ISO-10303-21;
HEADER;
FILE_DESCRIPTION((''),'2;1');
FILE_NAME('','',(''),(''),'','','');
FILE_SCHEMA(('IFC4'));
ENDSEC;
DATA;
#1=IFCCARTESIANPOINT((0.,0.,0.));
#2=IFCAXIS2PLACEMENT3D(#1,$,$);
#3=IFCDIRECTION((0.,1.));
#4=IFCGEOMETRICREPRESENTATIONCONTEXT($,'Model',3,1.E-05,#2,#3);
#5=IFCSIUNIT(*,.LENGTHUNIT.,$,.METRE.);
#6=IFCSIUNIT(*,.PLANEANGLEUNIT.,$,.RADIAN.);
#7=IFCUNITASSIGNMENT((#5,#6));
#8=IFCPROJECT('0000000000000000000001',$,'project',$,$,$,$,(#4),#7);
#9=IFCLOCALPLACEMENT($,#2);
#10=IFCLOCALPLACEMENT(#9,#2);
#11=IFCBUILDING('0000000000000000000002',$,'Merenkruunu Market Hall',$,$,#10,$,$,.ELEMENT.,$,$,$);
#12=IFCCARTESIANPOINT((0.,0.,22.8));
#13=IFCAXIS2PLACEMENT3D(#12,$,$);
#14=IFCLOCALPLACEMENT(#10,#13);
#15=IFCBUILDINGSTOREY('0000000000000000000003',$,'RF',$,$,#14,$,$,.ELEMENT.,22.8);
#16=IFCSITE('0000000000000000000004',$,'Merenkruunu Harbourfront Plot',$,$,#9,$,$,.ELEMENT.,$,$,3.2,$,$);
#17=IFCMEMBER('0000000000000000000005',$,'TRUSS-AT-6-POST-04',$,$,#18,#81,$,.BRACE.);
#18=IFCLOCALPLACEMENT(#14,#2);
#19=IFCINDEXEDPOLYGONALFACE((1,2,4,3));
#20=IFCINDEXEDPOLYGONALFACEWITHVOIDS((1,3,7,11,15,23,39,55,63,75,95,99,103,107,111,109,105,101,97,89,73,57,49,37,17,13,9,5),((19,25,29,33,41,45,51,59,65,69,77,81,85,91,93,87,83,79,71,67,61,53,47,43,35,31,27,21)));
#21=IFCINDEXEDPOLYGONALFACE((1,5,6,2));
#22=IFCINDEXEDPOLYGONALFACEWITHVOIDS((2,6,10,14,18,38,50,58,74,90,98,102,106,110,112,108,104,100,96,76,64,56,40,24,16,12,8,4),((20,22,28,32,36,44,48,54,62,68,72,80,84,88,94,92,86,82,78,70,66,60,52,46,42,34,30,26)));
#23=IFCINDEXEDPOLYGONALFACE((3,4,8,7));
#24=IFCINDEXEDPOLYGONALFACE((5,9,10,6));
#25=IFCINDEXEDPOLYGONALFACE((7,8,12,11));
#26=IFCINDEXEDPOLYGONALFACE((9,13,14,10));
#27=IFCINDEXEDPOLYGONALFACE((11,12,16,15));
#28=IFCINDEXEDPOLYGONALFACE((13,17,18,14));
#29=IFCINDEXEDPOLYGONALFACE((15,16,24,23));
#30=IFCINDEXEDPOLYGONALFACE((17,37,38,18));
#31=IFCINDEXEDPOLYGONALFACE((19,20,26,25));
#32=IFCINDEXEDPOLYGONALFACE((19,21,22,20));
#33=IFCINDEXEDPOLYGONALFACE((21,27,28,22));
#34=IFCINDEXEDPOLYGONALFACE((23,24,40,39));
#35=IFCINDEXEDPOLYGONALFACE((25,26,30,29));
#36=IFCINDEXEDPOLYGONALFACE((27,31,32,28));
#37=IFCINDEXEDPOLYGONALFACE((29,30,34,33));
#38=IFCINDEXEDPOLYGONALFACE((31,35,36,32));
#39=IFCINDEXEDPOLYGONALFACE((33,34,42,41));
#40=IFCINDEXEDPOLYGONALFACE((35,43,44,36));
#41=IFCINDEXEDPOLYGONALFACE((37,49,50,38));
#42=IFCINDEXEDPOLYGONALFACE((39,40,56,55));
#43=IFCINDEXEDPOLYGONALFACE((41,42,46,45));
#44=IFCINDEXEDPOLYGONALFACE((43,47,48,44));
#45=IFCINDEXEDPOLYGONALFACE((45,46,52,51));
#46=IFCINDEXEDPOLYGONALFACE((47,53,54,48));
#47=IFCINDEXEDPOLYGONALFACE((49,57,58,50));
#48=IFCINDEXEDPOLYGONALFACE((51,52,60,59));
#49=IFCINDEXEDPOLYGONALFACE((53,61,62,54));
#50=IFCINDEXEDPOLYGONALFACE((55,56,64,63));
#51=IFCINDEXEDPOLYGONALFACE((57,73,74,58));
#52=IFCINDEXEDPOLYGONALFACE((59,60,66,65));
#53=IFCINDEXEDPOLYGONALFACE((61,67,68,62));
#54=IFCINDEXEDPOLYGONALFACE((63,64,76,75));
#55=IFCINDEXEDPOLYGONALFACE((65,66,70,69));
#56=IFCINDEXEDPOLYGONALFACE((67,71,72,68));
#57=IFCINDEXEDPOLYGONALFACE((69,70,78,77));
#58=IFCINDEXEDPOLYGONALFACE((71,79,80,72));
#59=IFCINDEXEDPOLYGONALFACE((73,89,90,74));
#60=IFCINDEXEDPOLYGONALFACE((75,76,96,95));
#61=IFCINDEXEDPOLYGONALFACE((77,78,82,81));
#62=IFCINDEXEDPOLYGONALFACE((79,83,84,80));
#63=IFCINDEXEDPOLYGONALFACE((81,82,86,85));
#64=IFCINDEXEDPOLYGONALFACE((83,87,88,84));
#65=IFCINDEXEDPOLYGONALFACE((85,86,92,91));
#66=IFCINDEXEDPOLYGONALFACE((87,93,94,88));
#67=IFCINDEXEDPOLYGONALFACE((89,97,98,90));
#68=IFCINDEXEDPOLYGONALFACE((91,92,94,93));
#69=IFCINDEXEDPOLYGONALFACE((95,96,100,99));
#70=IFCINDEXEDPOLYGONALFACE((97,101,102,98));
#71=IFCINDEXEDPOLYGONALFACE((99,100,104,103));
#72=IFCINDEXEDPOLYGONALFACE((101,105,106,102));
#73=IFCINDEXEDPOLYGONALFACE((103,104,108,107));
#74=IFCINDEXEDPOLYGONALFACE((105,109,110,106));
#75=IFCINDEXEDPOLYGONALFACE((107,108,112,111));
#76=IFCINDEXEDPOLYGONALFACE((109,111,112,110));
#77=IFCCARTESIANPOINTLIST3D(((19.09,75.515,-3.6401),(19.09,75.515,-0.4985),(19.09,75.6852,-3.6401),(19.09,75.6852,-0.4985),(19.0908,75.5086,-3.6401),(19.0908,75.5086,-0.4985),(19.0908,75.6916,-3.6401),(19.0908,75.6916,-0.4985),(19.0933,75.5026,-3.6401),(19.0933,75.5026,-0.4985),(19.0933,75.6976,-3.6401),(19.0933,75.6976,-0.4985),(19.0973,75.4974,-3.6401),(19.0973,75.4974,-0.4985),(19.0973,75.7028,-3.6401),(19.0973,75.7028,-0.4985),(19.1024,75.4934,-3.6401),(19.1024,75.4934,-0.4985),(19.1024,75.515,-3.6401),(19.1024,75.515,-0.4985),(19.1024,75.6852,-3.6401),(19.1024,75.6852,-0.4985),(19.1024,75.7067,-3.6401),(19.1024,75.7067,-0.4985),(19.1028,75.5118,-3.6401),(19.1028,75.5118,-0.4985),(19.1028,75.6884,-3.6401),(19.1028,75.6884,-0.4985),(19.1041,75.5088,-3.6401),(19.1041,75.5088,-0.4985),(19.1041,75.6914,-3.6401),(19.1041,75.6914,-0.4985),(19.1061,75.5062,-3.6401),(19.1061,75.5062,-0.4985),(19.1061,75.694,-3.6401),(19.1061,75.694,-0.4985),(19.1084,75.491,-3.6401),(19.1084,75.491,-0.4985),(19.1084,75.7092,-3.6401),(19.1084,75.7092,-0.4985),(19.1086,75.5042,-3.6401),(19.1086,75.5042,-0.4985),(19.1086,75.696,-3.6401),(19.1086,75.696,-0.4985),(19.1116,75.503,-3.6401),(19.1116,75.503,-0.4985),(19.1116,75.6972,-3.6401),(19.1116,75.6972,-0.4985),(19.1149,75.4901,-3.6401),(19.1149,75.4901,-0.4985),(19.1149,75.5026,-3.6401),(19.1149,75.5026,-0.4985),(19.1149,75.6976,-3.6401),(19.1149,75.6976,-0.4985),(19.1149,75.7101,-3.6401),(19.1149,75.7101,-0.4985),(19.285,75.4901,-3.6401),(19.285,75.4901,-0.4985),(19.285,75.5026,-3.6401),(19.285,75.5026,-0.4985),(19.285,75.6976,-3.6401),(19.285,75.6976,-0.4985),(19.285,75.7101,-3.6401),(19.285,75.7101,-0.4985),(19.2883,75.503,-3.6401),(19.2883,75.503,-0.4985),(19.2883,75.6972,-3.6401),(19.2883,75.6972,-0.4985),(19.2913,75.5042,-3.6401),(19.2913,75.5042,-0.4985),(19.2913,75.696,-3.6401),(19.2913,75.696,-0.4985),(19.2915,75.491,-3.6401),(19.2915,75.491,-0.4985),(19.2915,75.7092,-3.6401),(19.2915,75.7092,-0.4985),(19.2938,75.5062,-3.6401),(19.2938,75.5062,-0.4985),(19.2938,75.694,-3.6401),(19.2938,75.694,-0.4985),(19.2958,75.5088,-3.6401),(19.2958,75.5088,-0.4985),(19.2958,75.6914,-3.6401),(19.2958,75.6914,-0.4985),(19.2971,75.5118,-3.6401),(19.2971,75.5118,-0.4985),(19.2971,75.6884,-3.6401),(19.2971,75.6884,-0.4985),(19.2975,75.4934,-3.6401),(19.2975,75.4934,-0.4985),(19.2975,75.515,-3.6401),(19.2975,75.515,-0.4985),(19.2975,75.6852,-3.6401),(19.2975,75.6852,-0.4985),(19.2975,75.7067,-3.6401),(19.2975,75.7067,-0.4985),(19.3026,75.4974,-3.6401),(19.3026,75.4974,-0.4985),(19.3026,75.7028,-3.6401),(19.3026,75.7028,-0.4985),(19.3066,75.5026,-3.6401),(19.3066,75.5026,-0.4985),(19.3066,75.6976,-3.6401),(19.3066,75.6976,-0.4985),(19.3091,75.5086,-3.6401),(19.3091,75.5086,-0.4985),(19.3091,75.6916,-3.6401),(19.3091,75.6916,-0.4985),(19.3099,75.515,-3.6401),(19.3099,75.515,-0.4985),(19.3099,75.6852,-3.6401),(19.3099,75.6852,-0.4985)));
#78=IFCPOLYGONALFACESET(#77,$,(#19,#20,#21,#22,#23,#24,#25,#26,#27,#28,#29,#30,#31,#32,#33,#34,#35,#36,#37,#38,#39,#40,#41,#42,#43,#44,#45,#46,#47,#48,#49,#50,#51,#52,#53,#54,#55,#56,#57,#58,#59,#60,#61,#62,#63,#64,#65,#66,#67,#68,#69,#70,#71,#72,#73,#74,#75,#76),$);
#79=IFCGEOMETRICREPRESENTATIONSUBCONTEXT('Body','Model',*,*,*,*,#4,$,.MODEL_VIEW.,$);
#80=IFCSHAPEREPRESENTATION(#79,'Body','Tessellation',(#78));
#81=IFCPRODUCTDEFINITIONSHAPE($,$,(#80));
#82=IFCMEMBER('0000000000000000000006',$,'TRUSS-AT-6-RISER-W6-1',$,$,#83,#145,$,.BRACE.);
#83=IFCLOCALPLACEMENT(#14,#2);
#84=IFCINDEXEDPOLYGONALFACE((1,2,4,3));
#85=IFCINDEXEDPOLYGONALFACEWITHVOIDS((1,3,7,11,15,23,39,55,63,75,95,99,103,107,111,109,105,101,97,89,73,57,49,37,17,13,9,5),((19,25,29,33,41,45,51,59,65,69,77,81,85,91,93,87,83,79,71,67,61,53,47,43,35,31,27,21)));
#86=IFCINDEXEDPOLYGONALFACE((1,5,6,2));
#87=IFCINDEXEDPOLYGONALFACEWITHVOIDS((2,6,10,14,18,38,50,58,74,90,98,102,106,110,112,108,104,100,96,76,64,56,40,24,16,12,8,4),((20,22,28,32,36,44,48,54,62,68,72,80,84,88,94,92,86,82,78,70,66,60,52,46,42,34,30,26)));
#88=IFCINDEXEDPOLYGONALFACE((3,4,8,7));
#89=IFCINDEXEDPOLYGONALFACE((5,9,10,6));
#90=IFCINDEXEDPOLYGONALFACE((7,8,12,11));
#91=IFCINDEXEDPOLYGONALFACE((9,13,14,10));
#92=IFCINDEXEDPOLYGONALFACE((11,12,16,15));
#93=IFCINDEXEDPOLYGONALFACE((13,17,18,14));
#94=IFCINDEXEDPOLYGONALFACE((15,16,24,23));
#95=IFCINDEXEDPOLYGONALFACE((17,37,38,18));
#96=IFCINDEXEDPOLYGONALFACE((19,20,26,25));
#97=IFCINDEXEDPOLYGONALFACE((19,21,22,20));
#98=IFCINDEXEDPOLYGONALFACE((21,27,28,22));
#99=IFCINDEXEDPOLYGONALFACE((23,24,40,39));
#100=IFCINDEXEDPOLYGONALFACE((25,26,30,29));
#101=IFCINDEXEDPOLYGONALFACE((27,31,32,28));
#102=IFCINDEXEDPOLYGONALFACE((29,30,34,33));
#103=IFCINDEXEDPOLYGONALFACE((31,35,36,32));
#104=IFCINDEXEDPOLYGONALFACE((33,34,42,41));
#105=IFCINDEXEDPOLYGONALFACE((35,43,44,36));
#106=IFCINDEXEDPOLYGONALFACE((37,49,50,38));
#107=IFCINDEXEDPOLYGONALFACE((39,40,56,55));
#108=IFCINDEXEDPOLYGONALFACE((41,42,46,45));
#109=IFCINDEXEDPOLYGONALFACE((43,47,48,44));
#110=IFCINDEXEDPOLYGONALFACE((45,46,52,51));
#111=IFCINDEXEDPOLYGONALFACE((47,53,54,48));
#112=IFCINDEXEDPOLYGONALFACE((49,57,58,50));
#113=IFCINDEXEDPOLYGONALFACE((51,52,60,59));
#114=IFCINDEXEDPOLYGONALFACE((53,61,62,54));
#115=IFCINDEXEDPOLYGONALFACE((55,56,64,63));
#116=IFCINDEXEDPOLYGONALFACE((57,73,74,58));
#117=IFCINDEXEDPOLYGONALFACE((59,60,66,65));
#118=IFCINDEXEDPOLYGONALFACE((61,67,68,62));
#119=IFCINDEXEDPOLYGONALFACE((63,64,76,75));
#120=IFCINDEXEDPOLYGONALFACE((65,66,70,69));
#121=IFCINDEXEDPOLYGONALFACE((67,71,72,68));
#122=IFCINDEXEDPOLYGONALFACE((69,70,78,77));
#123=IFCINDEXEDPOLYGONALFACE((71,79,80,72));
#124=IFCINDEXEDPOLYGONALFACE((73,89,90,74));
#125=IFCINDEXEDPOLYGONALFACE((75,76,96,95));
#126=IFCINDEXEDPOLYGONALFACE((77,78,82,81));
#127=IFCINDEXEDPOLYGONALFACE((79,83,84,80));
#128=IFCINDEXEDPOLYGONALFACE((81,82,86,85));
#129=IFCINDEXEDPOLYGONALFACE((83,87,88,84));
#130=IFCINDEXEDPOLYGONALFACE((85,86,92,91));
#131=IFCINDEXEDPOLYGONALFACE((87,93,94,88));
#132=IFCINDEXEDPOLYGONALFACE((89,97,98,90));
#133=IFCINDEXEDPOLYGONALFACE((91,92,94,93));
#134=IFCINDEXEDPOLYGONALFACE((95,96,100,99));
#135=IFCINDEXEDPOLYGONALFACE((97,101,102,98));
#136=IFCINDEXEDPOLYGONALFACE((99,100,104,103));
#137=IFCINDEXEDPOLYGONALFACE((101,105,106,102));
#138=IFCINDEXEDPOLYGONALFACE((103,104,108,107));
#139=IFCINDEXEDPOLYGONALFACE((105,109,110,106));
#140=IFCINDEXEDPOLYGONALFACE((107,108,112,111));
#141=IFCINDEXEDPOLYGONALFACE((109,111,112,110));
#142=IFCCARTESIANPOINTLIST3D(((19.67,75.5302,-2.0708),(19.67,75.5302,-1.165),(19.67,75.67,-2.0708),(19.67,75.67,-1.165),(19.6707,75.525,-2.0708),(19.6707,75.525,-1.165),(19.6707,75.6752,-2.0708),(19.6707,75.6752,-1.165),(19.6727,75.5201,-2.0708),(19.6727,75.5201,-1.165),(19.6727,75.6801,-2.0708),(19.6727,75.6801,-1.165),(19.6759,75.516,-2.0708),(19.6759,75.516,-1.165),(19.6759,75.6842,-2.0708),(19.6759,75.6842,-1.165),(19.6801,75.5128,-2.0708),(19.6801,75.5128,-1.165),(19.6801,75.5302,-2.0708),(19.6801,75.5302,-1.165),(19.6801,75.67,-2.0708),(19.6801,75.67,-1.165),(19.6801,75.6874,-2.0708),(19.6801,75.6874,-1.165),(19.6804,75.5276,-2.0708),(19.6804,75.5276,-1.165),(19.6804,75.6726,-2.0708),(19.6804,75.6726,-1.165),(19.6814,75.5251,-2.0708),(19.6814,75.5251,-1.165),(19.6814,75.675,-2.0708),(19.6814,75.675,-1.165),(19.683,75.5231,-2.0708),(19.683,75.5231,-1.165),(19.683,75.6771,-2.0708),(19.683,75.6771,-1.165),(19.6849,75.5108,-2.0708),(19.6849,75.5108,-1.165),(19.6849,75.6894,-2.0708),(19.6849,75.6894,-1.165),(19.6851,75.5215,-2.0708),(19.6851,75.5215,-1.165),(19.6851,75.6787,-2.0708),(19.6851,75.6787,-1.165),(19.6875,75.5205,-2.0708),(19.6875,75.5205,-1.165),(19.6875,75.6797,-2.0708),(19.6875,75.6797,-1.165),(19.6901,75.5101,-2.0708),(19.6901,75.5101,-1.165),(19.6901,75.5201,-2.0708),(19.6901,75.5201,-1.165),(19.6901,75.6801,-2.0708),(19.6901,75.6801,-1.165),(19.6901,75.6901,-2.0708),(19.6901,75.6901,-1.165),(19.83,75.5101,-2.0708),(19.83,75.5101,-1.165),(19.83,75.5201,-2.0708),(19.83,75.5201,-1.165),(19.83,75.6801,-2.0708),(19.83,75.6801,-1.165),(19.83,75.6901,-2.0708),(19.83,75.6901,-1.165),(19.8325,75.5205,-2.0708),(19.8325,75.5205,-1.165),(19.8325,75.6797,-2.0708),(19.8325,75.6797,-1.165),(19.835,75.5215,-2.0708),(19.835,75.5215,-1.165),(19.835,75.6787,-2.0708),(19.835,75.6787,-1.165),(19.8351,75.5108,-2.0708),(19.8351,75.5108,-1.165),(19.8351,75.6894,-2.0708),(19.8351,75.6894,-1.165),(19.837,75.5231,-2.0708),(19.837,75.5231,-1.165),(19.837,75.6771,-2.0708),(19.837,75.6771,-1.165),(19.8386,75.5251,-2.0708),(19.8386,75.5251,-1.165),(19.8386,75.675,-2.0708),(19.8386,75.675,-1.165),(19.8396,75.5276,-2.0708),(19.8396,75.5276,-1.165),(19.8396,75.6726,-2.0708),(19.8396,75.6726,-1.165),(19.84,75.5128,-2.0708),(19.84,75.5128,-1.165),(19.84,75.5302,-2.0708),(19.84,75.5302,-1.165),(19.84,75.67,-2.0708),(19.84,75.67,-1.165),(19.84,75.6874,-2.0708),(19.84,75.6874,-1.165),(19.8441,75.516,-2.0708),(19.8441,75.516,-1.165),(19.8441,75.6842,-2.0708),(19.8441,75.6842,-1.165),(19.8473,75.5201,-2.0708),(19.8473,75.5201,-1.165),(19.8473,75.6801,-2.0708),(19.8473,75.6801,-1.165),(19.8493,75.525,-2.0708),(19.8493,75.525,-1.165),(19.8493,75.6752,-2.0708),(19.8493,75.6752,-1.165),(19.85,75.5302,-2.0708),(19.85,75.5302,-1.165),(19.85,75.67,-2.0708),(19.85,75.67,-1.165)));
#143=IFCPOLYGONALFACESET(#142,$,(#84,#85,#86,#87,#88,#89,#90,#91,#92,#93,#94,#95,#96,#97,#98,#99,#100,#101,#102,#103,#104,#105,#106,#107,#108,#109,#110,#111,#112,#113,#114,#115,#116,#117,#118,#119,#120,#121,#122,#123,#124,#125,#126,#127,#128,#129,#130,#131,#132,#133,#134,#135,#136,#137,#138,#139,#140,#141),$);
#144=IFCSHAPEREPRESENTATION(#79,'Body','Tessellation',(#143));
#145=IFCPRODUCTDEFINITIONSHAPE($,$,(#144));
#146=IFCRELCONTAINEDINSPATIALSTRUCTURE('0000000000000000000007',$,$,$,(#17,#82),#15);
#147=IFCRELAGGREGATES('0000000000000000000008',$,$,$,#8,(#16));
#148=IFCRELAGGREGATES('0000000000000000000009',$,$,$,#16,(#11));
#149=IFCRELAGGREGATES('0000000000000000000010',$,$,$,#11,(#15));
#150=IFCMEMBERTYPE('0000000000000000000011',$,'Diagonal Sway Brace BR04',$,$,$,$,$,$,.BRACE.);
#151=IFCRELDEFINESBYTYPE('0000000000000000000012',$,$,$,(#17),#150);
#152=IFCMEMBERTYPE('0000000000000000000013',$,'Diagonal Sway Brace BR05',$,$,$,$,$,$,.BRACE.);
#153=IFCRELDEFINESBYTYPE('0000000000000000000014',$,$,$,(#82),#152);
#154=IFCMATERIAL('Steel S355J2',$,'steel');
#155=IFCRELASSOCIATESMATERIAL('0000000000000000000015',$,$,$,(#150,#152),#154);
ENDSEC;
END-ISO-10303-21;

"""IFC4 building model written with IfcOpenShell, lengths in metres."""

from ifc_helpers import new_model, si_unit, direction, frame, origin, origin_2d, place, context, subcontext, project, spatial, hollow_rectangle, extrude, material, material_profile, profile_set, type_object, element, save


model = new_model("IFC4")

# Units and contexts
model_context = context("Model", 3, precision=1e-05, world=origin(), true_north=direction((0.0, 1.0)))
body_context = subcontext(model_context, "Body", "Model", "MODEL_VIEW")
ifc_project = project(units=[si_unit("LENGTHUNIT", "METRE"), si_unit("PLANEANGLEUNIT", "RADIAN")], contexts=[model_context])

# Site, building, storey
site_placement = place(None, origin())
site = spatial("IfcSite", under=ifc_project, at=site_placement, Name="Merenkruunu Harbourfront Plot", CompositionType="ELEMENT", RefElevation=3.2)
building_placement = place(site_placement, origin())
building = spatial("IfcBuilding", under=site, at=building_placement, Name="Merenkruunu Market Hall", CompositionType="ELEMENT")
storey_placement = place(building_placement, frame((0.0, 0.0, 22.8)))
storey = spatial("IfcBuildingStorey", under=building, at=storey_placement, Name="RF", CompositionType="ELEMENT", Elevation=22.8)

# Members
ifc_material_1 = material(Name="Steel S355J2", Category="steel")
ifc_material_profile_1 = material_profile(ifc_material_1, hollow_rectangle(XDim=0.22, YDim=0.22, WallThickness=0.0125, InnerFilletRadius=0.0125, OuterFilletRadius=0.0249, at=origin_2d()), Name="SHS 220x220x12.5")
ifc_profile_set_1 = profile_set([ifc_material_profile_1], Name="Steel S355J2")
member_type_1 = type_object("IfcMemberType", Name="Diagonal Sway Brace BR04", PredefinedType="BRACE", material=ifc_profile_set_1)
member_1_placement = place(storey_placement, frame((19.2, 75.6001, -3.6401), z_axis=(0.0, 0.0, 1.0), x_axis=(1.0, 0.0, 0.0)))
element("IfcMember", 1, at=member_1_placement, inside=storey, type_object=member_type_1, Name="TRUSS-AT-6-POST-04", PredefinedType="BRACE", context=body_context, shape_type="SweptSolid", body=[
    extrude(hollow_rectangle(XDim=0.22, YDim=0.22, WallThickness=0.0125, InnerFilletRadius=0.0125, OuterFilletRadius=0.0249, at=origin_2d()), origin(), (0.0, 0.0, 1.0), 3.1416),
])
ifc_material_profile_2 = material_profile(ifc_material_1, hollow_rectangle(XDim=0.1799, YDim=0.1799, WallThickness=0.01, InnerFilletRadius=0.01, OuterFilletRadius=0.02, at=origin_2d()), Name="SHS 180x180x10")
ifc_profile_set_2 = profile_set([ifc_material_profile_2], Name="Steel S355J2")
member_type_2 = type_object("IfcMemberType", Name="Diagonal Sway Brace BR05", PredefinedType="BRACE", material=ifc_profile_set_2)
member_2_placement = place(storey_placement, frame((19.76, 75.6001, -2.0708), z_axis=(0.0, 0.0, 1.0), x_axis=(1.0, 0.0, 0.0)))
element("IfcMember", 2, at=member_2_placement, inside=storey, type_object=member_type_2, Name="TRUSS-AT-6-RISER-W6-1", PredefinedType="BRACE", context=body_context, shape_type="SweptSolid", body=[
    extrude(hollow_rectangle(XDim=0.1799, YDim=0.1799, WallThickness=0.01, InnerFilletRadius=0.01, OuterFilletRadius=0.02, at=origin_2d()), origin(), (0.0, 0.0, 1.0), 0.9058),
])

save(model, "model.ifc")
